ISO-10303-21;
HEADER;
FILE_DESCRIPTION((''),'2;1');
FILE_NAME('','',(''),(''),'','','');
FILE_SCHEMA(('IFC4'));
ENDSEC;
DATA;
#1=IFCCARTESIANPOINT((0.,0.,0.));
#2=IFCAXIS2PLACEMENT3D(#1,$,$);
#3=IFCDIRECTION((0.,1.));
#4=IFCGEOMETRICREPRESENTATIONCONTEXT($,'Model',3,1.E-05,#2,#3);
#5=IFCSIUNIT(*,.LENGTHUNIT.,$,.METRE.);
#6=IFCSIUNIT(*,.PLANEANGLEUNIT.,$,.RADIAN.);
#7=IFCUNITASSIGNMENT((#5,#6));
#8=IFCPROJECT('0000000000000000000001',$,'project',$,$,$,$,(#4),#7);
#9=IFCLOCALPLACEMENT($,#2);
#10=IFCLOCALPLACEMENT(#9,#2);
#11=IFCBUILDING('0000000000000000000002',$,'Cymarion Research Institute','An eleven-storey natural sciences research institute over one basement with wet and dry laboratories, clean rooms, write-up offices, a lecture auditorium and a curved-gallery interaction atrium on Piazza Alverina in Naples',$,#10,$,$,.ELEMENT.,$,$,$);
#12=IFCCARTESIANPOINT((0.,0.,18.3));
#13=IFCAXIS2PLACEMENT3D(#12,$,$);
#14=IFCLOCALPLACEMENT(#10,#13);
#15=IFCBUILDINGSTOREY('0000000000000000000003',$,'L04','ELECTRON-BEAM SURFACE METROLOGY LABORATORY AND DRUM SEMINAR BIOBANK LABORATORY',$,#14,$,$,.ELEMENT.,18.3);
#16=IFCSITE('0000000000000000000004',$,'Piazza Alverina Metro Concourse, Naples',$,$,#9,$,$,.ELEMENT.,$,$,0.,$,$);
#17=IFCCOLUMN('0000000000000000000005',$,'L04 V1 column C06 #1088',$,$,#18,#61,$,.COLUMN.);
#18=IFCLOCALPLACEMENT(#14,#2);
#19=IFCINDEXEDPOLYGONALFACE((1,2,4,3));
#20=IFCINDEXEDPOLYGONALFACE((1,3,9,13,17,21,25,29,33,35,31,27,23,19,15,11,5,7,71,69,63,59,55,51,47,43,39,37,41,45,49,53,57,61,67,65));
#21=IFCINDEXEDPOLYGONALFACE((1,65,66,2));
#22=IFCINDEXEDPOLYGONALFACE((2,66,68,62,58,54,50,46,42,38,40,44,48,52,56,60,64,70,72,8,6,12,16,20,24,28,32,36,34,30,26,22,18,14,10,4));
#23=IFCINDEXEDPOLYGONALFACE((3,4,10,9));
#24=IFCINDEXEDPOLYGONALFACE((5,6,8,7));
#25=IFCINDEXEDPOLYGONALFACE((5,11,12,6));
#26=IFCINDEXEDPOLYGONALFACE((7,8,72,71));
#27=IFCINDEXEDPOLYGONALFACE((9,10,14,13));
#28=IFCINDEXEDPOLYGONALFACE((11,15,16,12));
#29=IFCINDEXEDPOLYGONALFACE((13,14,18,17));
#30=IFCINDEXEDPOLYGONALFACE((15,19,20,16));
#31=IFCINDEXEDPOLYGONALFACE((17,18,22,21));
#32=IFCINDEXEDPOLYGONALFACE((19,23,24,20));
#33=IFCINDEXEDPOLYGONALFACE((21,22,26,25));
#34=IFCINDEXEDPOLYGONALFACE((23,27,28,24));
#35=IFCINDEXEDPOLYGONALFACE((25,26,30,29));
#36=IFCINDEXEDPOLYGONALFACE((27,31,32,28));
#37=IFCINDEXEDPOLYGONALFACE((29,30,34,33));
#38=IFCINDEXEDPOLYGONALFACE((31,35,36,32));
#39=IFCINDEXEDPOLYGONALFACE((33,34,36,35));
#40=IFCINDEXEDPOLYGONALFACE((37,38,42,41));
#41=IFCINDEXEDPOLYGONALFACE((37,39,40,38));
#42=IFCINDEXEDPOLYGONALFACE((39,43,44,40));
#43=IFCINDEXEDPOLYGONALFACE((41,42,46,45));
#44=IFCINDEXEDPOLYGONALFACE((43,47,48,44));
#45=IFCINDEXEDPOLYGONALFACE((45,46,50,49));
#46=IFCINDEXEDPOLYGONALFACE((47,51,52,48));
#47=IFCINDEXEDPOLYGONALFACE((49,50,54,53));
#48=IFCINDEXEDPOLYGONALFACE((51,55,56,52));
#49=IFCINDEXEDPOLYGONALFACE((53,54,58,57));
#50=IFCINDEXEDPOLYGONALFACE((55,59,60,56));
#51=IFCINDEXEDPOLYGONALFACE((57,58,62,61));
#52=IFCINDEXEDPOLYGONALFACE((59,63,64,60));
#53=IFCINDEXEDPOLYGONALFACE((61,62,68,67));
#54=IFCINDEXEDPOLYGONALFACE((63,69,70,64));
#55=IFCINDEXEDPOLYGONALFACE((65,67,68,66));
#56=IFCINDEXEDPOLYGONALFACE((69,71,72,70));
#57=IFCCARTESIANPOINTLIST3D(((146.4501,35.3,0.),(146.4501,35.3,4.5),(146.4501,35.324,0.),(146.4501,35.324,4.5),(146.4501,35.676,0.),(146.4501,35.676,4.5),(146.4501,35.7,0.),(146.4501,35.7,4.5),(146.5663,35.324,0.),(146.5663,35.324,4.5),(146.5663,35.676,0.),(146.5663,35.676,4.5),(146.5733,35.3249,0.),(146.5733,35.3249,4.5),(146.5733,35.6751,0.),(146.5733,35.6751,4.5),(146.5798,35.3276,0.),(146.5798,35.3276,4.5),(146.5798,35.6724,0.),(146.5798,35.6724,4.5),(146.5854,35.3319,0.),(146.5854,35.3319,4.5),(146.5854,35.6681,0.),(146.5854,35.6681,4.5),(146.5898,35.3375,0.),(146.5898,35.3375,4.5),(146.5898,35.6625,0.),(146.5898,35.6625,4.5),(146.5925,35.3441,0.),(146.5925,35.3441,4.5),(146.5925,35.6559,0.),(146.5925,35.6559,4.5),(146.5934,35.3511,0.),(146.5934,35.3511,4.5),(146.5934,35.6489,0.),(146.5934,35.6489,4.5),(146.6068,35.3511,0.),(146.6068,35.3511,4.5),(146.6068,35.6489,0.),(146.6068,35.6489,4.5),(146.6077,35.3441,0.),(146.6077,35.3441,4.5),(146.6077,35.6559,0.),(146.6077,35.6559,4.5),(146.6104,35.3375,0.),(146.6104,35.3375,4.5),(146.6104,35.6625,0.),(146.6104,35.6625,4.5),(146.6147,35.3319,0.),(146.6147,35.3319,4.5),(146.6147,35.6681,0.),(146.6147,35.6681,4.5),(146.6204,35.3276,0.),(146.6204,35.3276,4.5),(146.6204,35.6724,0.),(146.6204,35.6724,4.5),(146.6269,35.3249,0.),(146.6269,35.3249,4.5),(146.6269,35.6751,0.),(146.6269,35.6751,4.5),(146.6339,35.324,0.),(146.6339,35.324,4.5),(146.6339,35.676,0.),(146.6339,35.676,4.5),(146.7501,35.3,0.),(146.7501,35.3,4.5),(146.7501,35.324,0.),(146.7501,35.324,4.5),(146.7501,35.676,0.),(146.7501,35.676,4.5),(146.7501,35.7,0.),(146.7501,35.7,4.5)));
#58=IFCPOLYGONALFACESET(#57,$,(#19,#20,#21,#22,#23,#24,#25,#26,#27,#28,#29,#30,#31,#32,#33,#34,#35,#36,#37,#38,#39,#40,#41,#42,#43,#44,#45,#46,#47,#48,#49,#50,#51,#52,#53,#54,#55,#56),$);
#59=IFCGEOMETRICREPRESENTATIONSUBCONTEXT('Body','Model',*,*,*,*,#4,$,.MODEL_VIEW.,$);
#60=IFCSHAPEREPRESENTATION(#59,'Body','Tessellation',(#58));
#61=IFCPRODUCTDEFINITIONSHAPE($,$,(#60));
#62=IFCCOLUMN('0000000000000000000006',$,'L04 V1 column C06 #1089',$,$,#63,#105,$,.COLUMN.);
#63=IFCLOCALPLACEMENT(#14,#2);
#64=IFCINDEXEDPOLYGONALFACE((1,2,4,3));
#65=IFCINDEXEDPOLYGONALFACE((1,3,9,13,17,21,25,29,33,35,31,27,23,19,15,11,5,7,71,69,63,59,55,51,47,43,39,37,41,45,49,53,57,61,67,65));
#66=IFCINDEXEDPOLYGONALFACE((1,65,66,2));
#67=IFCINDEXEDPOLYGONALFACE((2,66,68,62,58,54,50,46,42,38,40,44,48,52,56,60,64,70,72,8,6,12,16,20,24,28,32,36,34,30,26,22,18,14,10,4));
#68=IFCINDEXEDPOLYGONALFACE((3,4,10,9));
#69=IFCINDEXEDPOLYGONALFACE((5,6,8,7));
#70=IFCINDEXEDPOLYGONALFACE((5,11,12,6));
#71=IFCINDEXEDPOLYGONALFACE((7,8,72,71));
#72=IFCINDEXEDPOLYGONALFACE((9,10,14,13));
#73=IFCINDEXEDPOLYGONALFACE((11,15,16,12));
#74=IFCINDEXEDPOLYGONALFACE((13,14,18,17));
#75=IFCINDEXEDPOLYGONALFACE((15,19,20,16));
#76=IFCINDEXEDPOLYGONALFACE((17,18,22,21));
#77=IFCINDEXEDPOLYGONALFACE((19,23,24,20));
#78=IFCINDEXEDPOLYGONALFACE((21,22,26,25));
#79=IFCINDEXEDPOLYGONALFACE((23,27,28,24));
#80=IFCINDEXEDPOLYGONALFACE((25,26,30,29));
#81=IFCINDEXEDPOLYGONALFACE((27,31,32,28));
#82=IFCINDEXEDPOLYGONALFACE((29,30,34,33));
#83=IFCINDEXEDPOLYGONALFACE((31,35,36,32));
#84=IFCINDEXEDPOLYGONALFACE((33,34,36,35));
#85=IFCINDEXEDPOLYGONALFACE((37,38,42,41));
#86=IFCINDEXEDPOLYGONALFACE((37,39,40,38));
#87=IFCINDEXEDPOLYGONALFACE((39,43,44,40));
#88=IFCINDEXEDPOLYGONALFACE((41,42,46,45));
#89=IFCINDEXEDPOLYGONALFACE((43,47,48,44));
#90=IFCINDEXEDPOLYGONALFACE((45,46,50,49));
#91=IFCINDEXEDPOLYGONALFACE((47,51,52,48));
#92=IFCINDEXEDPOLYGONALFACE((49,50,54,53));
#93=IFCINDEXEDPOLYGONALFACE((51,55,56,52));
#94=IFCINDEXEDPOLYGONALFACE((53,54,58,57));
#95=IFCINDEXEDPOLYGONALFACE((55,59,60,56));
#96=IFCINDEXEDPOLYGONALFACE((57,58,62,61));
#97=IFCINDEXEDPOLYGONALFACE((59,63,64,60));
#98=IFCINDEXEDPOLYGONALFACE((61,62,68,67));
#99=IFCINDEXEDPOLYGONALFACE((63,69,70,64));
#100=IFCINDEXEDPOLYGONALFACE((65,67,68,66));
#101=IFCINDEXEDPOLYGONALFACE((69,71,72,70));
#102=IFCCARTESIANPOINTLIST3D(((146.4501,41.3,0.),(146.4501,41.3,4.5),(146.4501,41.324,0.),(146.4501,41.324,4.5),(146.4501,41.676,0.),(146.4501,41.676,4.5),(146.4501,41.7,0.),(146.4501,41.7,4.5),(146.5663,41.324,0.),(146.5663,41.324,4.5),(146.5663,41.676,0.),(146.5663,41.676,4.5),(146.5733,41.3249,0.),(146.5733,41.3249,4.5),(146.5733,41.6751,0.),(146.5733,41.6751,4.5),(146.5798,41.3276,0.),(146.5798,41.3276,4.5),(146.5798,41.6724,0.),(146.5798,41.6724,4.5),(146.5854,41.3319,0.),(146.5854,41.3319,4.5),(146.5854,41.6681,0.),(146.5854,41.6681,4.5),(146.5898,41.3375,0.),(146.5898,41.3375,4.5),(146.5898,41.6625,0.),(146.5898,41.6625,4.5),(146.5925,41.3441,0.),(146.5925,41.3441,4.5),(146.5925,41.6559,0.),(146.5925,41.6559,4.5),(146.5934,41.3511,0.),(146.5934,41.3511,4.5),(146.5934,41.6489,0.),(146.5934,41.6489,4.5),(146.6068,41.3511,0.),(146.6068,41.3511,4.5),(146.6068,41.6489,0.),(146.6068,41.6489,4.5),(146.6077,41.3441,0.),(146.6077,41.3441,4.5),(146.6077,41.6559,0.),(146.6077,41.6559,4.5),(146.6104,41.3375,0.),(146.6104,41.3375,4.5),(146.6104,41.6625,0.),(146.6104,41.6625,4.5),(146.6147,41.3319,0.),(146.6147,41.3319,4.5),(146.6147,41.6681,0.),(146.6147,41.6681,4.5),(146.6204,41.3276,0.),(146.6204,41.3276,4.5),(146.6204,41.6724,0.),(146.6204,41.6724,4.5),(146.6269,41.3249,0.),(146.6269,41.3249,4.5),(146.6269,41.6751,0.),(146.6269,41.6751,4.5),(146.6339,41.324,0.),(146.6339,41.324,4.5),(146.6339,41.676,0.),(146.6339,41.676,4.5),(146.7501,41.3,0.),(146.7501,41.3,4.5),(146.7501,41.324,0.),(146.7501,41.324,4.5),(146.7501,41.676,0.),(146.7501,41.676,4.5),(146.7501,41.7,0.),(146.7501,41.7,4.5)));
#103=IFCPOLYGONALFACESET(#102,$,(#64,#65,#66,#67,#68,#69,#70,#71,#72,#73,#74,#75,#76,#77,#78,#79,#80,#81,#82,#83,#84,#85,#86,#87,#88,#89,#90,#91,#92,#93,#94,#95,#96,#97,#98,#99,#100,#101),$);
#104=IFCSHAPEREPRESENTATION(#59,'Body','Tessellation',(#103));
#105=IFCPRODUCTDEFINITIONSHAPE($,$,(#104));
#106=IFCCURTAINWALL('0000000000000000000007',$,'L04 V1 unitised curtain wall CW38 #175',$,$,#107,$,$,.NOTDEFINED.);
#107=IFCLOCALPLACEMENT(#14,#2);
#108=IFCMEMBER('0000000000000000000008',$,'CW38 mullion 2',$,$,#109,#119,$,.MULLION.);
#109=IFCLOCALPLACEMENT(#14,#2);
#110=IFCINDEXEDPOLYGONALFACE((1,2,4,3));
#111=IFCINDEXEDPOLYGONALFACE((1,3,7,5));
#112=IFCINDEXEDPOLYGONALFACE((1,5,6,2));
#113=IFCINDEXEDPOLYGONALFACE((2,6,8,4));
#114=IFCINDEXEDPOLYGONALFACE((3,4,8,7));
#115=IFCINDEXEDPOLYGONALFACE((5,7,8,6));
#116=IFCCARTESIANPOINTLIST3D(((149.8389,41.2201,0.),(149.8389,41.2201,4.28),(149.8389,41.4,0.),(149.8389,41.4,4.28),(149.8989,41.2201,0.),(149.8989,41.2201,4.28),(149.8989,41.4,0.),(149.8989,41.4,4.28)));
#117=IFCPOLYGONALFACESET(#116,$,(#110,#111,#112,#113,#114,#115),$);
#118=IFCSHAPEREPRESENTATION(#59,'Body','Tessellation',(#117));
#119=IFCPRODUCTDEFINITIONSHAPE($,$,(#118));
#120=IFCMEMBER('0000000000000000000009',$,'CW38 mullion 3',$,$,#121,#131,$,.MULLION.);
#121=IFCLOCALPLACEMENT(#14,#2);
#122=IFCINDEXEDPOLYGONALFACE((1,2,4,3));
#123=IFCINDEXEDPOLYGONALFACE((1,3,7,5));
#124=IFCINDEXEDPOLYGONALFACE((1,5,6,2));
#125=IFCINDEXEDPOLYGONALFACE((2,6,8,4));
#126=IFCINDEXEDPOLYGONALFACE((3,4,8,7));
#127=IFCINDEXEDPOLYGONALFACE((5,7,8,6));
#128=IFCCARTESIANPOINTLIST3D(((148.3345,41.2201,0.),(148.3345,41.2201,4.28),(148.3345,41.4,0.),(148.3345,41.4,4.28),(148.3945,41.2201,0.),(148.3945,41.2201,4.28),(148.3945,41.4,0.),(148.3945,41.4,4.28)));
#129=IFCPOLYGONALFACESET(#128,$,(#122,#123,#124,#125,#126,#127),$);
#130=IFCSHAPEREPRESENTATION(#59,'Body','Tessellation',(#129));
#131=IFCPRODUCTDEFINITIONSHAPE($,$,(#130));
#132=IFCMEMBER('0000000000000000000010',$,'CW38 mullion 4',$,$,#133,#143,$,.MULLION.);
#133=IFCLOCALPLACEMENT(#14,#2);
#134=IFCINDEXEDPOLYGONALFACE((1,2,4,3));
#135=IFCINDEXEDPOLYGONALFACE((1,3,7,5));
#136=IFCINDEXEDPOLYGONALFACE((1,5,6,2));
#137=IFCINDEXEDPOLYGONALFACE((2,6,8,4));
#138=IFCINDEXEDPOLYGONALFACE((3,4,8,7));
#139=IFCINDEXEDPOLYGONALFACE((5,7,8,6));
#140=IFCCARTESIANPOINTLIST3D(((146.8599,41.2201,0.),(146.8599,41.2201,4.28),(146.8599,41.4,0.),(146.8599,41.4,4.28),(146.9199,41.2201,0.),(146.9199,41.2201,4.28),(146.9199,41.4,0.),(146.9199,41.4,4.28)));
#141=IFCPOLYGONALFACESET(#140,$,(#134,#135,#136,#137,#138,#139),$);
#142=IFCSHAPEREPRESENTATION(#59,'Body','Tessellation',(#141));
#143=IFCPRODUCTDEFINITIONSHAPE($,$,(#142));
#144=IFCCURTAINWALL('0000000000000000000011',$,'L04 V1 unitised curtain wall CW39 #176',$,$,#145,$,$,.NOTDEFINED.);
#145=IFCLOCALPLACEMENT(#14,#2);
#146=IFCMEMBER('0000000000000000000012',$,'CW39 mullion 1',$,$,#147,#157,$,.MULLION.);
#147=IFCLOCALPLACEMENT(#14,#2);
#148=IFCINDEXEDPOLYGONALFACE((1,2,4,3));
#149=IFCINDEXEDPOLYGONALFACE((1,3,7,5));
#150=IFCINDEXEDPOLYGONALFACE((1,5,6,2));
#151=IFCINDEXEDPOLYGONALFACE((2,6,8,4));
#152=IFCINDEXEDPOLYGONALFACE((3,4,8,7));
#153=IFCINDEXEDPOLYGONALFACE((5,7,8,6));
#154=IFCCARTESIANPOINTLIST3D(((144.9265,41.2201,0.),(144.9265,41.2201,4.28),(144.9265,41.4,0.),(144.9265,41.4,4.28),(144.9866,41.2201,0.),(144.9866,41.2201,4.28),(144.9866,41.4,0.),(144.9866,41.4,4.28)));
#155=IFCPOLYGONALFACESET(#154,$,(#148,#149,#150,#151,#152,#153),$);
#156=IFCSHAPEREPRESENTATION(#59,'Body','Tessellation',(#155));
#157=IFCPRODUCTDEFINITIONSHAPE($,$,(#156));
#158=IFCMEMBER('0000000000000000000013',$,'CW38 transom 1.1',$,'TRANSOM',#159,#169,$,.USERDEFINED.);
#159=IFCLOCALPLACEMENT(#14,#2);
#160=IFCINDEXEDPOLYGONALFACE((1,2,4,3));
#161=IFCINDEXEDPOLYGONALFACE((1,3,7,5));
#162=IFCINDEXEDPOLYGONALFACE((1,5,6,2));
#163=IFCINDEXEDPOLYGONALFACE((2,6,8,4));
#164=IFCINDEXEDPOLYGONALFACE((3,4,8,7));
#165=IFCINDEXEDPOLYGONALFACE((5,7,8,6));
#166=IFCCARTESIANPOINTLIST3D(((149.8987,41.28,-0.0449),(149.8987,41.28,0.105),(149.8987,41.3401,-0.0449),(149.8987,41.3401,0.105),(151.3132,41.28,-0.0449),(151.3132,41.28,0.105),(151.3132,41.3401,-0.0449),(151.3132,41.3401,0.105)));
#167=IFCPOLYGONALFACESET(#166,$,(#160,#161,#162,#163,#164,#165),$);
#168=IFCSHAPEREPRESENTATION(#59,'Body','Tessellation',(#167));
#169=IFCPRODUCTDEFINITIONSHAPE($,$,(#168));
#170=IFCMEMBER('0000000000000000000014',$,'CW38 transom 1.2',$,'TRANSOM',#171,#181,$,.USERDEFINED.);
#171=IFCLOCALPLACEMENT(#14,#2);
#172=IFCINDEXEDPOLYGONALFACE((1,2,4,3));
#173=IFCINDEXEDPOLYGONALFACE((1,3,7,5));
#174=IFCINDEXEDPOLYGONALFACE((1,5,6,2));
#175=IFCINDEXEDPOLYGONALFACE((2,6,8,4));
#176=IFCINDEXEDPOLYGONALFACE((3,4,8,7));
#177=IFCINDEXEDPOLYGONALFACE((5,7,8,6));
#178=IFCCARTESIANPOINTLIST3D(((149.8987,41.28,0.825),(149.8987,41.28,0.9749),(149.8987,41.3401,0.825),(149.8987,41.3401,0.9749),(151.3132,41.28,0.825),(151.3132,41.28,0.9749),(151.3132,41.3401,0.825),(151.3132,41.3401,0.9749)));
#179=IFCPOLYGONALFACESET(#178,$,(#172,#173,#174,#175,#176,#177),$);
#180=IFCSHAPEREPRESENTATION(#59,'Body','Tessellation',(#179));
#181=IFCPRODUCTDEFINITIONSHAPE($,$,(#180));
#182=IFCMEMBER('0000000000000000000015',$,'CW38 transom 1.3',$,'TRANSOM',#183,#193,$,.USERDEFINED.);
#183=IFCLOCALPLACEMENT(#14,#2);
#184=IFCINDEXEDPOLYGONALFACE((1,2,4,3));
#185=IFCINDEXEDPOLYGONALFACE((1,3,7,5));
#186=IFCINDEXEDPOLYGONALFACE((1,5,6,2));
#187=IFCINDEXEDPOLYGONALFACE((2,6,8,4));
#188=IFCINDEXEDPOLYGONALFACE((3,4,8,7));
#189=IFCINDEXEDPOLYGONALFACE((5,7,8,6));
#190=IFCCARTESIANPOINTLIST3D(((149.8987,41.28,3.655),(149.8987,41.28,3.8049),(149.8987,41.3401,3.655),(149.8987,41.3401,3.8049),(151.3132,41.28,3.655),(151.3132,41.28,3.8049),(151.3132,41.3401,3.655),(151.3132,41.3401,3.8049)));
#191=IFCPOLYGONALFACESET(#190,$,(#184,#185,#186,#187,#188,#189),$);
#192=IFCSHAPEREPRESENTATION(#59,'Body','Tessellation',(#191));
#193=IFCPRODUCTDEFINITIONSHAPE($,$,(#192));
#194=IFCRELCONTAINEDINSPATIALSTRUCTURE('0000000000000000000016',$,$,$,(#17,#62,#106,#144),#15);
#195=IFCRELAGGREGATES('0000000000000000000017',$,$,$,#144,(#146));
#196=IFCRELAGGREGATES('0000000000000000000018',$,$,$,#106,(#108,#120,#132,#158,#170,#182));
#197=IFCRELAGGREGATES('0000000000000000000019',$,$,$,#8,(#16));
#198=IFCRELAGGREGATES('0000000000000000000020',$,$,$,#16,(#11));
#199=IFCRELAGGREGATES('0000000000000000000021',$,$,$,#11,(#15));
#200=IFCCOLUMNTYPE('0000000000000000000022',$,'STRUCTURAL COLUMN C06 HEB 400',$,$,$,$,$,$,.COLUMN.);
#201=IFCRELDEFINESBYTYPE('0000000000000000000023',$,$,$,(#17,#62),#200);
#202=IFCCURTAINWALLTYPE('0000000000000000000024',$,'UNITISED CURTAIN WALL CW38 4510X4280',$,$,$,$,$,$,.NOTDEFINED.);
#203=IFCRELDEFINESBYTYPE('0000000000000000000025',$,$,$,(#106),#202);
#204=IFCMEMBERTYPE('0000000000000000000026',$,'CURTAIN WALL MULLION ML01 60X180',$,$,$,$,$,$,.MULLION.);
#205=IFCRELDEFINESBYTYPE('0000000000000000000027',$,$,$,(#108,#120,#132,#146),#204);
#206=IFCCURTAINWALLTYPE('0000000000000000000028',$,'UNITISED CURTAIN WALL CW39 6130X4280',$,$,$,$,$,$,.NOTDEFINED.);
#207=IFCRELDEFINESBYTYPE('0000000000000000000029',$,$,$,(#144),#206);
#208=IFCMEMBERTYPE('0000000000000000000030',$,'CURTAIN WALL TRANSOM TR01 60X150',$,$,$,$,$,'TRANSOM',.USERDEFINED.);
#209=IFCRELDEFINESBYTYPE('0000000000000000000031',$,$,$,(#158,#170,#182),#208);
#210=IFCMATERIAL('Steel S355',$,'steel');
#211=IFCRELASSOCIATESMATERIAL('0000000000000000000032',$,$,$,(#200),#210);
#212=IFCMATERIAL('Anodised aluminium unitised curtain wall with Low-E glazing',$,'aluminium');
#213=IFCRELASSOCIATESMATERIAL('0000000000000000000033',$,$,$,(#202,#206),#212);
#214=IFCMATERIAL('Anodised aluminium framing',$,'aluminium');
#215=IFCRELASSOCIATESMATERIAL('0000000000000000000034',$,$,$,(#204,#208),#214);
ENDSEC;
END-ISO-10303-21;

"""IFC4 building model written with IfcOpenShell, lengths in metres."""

from ifc_helpers import new_model, si_unit, direction, frame, origin, origin_2d, place, context, subcontext, project, spatial, rectangle, i_section, extrude, material, material_profile, profile_set, type_object, element, aggregate, save


model = new_model("IFC4")

# Units and contexts
model_context = context("Model", 3, precision=1e-05, world=origin(), true_north=direction((0.0, 1.0)))
body_context = subcontext(model_context, "Body", "Model", "MODEL_VIEW")
ifc_project = project(units=[si_unit("LENGTHUNIT", "METRE"), si_unit("PLANEANGLEUNIT", "RADIAN")], contexts=[model_context])

# Site, building, storey
site_placement = place(None, origin())
site = spatial("IfcSite", under=ifc_project, at=site_placement, Name="Piazza Alverina Metro Concourse, Naples", CompositionType="ELEMENT", RefElevation=0.0)
building_placement = place(site_placement, origin())
building = spatial("IfcBuilding", under=site, at=building_placement, Name="Cymarion Research Institute", Description="An eleven-storey natural sciences research institute over one basement with wet and dry laboratories, clean rooms, write-up offices, a lecture auditorium and a curved-gallery interaction atrium on Piazza Alverina in Naples", CompositionType="ELEMENT")
storey_placement = place(building_placement, frame((0.0, 0.0, 18.3)))
storey = spatial("IfcBuildingStorey", under=building, at=storey_placement, Name="L04", Description="ELECTRON-BEAM SURFACE METROLOGY LABORATORY AND DRUM SEMINAR BIOBANK LABORATORY", CompositionType="ELEMENT", Elevation=18.3)

# Columns
ifc_material_1 = material(Name="Steel S355", Category="steel")
ifc_material_profile_1 = material_profile(ifc_material_1, i_section(OverallWidth=0.3, OverallDepth=0.3999, WebThickness=0.0134, FlangeThickness=0.0239, FilletRadius=0.0271, at=origin_2d()), Name="HEB 400")
ifc_profile_set_1 = profile_set([ifc_material_profile_1], Name="Steel S355")
column_type = type_object("IfcColumnType", Name="STRUCTURAL COLUMN C06 HEB 400", PredefinedType="COLUMN", material=ifc_profile_set_1)
for number, where, z_axis, x_axis, name in (
    (1, (146.6001, 35.5, 0.0), (0.0, 0.0, 1.0), (1.0, 0.0, 0.0), "L04 V1 column C06 #1088"),
    (2, (146.6001, 41.5, 0.0), (0.0, 0.0, 1.0), (1.0, 0.0, 0.0), "L04 V1 column C06 #1089"),
):
    element("IfcColumn", number, at=place(storey_placement, frame(where, z_axis=z_axis, x_axis=x_axis)), inside=storey, type_object=column_type, Name=name, PredefinedType="COLUMN", context=body_context, shape_type="SweptSolid", body=[
        extrude(i_section(OverallWidth=0.3, OverallDepth=0.3999, WebThickness=0.0134, FlangeThickness=0.0239, FilletRadius=0.0271, at=origin_2d()), origin(), (0.0, 0.0, 1.0), 4.5),
    ])

# Curtain wall, members
ifc_material_2 = material(Name="Anodised aluminium unitised curtain wall with Low-E glazing", Category="aluminium")
curtain_wall_type_1 = type_object("IfcCurtainWallType", Name="UNITISED CURTAIN WALL CW38 4510X4280", PredefinedType="NOTDEFINED", material=ifc_material_2)
curtain_wall_1_placement = place(storey_placement, origin())
curtain_wall_1 = element("IfcCurtainWall", 3, at=curtain_wall_1_placement, inside=storey, type_object=curtain_wall_type_1, Name="L04 V1 unitised curtain wall CW38 #175", PredefinedType="NOTDEFINED")
ifc_material_3 = material(Name="Anodised aluminium framing", Category="aluminium")
ifc_material_profile_2 = material_profile(ifc_material_3, rectangle(XDim=0.0601, YDim=0.1799, at=origin_2d()), Name="ALU MULLION 60x180")
ifc_profile_set_2 = profile_set([ifc_material_profile_2], Name="Anodised aluminium framing")
member_type_1 = type_object("IfcMemberType", Name="CURTAIN WALL MULLION ML01 60X180", PredefinedType="MULLION", material=ifc_profile_set_2)
member_1_placement = place(storey_placement, frame((149.8689, 41.3101, 0.0), z_axis=(0.0, 0.0, 1.0), x_axis=(-1.0, 0.0, 0.0)))
member_1 = element("IfcMember", 4, at=member_1_placement, type_object=member_type_1, Name="CW38 mullion 2", PredefinedType="MULLION", context=body_context, shape_type="SweptSolid", body=[
    extrude(rectangle(XDim=0.0601, YDim=0.1799, at=origin_2d()), origin(), (0.0, 0.0, 1.0), 4.28),
])
member_2_placement = place(storey_placement, frame((148.3645, 41.3101, 0.0), z_axis=(0.0, 0.0, 1.0), x_axis=(-1.0, 0.0, 0.0)))
member_2 = element("IfcMember", 5, at=member_2_placement, type_object=member_type_1, Name="CW38 mullion 3", PredefinedType="MULLION", context=body_context, shape_type="SweptSolid", body=[
    extrude(rectangle(XDim=0.0601, YDim=0.1799, at=origin_2d()), origin(), (0.0, 0.0, 1.0), 4.28),
])
member_3_placement = place(storey_placement, frame((146.8899, 41.3101, 0.0), z_axis=(0.0, 0.0, 1.0), x_axis=(-1.0, 0.0, 0.0)))
member_3 = element("IfcMember", 6, at=member_3_placement, type_object=member_type_1, Name="CW38 mullion 4", PredefinedType="MULLION", context=body_context, shape_type="SweptSolid", body=[
    extrude(rectangle(XDim=0.0601, YDim=0.1799, at=origin_2d()), origin(), (0.0, 0.0, 1.0), 4.28),
])

# Curtain wall, member
curtain_wall_type_2 = type_object("IfcCurtainWallType", Name="UNITISED CURTAIN WALL CW39 6130X4280", PredefinedType="NOTDEFINED", material=ifc_material_2)
curtain_wall_2_placement = place(storey_placement, origin())
curtain_wall_2 = element("IfcCurtainWall", 7, at=curtain_wall_2_placement, inside=storey, type_object=curtain_wall_type_2, Name="L04 V1 unitised curtain wall CW39 #176", PredefinedType="NOTDEFINED")
member_4_placement = place(storey_placement, frame((144.9565, 41.3101, 0.0), z_axis=(0.0, 0.0, 1.0), x_axis=(-1.0, 0.0, 0.0)))
member_4 = element("IfcMember", 8, at=member_4_placement, type_object=member_type_1, Name="CW39 mullion 1", PredefinedType="MULLION", context=body_context, shape_type="SweptSolid", body=[
    extrude(rectangle(XDim=0.0601, YDim=0.1799, at=origin_2d()), origin(), (0.0, 0.0, 1.0), 4.28),
])

# Members
ifc_material_profile_3 = material_profile(ifc_material_3, rectangle(XDim=0.0601, YDim=0.1499, at=origin_2d()), Name="ALU TRANSOM 60x150")
ifc_profile_set_3 = profile_set([ifc_material_profile_3], Name="Anodised aluminium framing")
member_type_2 = type_object("IfcMemberType", Name="CURTAIN WALL TRANSOM TR01 60X150", ElementType="TRANSOM", PredefinedType="USERDEFINED", material=ifc_profile_set_3)
member_5_placement = place(storey_placement, frame((151.3132, 41.3101, 0.03), z_axis=(-1.0, 0.0, 0.0), x_axis=(0.0, -1.0, 0.0)))
member_5 = element("IfcMember", 9, at=member_5_placement, type_object=member_type_2, Name="CW38 transom 1.1", ObjectType="TRANSOM", PredefinedType="USERDEFINED", context=body_context, shape_type="SweptSolid", body=[
    extrude(rectangle(XDim=0.0601, YDim=0.1499, at=origin_2d()), origin(), (0.0, 0.0, 1.0), 1.4146),
])
member_6_placement = place(storey_placement, frame((151.3132, 41.3101, 0.8999), z_axis=(-1.0, 0.0, 0.0), x_axis=(0.0, -1.0, 0.0)))
member_6 = element("IfcMember", 10, at=member_6_placement, type_object=member_type_2, Name="CW38 transom 1.2", ObjectType="TRANSOM", PredefinedType="USERDEFINED", context=body_context, shape_type="SweptSolid", body=[
    extrude(rectangle(XDim=0.0601, YDim=0.1499, at=origin_2d()), origin(), (0.0, 0.0, 1.0), 1.4146),
])
member_7_placement = place(storey_placement, frame((151.3132, 41.3101, 3.73), z_axis=(-1.0, 0.0, 0.0), x_axis=(0.0, -1.0, 0.0)))
member_7 = element("IfcMember", 11, at=member_7_placement, type_object=member_type_2, Name="CW38 transom 1.3", ObjectType="TRANSOM", PredefinedType="USERDEFINED", context=body_context, shape_type="SweptSolid", body=[
    extrude(rectangle(XDim=0.0601, YDim=0.1499, at=origin_2d()), origin(), (0.0, 0.0, 1.0), 1.4146),
])
aggregate(curtain_wall_2, [member_4])

aggregate(curtain_wall_1, [member_1, member_2, member_3, member_5, member_6, member_7])

save(model, "model.ifc")
